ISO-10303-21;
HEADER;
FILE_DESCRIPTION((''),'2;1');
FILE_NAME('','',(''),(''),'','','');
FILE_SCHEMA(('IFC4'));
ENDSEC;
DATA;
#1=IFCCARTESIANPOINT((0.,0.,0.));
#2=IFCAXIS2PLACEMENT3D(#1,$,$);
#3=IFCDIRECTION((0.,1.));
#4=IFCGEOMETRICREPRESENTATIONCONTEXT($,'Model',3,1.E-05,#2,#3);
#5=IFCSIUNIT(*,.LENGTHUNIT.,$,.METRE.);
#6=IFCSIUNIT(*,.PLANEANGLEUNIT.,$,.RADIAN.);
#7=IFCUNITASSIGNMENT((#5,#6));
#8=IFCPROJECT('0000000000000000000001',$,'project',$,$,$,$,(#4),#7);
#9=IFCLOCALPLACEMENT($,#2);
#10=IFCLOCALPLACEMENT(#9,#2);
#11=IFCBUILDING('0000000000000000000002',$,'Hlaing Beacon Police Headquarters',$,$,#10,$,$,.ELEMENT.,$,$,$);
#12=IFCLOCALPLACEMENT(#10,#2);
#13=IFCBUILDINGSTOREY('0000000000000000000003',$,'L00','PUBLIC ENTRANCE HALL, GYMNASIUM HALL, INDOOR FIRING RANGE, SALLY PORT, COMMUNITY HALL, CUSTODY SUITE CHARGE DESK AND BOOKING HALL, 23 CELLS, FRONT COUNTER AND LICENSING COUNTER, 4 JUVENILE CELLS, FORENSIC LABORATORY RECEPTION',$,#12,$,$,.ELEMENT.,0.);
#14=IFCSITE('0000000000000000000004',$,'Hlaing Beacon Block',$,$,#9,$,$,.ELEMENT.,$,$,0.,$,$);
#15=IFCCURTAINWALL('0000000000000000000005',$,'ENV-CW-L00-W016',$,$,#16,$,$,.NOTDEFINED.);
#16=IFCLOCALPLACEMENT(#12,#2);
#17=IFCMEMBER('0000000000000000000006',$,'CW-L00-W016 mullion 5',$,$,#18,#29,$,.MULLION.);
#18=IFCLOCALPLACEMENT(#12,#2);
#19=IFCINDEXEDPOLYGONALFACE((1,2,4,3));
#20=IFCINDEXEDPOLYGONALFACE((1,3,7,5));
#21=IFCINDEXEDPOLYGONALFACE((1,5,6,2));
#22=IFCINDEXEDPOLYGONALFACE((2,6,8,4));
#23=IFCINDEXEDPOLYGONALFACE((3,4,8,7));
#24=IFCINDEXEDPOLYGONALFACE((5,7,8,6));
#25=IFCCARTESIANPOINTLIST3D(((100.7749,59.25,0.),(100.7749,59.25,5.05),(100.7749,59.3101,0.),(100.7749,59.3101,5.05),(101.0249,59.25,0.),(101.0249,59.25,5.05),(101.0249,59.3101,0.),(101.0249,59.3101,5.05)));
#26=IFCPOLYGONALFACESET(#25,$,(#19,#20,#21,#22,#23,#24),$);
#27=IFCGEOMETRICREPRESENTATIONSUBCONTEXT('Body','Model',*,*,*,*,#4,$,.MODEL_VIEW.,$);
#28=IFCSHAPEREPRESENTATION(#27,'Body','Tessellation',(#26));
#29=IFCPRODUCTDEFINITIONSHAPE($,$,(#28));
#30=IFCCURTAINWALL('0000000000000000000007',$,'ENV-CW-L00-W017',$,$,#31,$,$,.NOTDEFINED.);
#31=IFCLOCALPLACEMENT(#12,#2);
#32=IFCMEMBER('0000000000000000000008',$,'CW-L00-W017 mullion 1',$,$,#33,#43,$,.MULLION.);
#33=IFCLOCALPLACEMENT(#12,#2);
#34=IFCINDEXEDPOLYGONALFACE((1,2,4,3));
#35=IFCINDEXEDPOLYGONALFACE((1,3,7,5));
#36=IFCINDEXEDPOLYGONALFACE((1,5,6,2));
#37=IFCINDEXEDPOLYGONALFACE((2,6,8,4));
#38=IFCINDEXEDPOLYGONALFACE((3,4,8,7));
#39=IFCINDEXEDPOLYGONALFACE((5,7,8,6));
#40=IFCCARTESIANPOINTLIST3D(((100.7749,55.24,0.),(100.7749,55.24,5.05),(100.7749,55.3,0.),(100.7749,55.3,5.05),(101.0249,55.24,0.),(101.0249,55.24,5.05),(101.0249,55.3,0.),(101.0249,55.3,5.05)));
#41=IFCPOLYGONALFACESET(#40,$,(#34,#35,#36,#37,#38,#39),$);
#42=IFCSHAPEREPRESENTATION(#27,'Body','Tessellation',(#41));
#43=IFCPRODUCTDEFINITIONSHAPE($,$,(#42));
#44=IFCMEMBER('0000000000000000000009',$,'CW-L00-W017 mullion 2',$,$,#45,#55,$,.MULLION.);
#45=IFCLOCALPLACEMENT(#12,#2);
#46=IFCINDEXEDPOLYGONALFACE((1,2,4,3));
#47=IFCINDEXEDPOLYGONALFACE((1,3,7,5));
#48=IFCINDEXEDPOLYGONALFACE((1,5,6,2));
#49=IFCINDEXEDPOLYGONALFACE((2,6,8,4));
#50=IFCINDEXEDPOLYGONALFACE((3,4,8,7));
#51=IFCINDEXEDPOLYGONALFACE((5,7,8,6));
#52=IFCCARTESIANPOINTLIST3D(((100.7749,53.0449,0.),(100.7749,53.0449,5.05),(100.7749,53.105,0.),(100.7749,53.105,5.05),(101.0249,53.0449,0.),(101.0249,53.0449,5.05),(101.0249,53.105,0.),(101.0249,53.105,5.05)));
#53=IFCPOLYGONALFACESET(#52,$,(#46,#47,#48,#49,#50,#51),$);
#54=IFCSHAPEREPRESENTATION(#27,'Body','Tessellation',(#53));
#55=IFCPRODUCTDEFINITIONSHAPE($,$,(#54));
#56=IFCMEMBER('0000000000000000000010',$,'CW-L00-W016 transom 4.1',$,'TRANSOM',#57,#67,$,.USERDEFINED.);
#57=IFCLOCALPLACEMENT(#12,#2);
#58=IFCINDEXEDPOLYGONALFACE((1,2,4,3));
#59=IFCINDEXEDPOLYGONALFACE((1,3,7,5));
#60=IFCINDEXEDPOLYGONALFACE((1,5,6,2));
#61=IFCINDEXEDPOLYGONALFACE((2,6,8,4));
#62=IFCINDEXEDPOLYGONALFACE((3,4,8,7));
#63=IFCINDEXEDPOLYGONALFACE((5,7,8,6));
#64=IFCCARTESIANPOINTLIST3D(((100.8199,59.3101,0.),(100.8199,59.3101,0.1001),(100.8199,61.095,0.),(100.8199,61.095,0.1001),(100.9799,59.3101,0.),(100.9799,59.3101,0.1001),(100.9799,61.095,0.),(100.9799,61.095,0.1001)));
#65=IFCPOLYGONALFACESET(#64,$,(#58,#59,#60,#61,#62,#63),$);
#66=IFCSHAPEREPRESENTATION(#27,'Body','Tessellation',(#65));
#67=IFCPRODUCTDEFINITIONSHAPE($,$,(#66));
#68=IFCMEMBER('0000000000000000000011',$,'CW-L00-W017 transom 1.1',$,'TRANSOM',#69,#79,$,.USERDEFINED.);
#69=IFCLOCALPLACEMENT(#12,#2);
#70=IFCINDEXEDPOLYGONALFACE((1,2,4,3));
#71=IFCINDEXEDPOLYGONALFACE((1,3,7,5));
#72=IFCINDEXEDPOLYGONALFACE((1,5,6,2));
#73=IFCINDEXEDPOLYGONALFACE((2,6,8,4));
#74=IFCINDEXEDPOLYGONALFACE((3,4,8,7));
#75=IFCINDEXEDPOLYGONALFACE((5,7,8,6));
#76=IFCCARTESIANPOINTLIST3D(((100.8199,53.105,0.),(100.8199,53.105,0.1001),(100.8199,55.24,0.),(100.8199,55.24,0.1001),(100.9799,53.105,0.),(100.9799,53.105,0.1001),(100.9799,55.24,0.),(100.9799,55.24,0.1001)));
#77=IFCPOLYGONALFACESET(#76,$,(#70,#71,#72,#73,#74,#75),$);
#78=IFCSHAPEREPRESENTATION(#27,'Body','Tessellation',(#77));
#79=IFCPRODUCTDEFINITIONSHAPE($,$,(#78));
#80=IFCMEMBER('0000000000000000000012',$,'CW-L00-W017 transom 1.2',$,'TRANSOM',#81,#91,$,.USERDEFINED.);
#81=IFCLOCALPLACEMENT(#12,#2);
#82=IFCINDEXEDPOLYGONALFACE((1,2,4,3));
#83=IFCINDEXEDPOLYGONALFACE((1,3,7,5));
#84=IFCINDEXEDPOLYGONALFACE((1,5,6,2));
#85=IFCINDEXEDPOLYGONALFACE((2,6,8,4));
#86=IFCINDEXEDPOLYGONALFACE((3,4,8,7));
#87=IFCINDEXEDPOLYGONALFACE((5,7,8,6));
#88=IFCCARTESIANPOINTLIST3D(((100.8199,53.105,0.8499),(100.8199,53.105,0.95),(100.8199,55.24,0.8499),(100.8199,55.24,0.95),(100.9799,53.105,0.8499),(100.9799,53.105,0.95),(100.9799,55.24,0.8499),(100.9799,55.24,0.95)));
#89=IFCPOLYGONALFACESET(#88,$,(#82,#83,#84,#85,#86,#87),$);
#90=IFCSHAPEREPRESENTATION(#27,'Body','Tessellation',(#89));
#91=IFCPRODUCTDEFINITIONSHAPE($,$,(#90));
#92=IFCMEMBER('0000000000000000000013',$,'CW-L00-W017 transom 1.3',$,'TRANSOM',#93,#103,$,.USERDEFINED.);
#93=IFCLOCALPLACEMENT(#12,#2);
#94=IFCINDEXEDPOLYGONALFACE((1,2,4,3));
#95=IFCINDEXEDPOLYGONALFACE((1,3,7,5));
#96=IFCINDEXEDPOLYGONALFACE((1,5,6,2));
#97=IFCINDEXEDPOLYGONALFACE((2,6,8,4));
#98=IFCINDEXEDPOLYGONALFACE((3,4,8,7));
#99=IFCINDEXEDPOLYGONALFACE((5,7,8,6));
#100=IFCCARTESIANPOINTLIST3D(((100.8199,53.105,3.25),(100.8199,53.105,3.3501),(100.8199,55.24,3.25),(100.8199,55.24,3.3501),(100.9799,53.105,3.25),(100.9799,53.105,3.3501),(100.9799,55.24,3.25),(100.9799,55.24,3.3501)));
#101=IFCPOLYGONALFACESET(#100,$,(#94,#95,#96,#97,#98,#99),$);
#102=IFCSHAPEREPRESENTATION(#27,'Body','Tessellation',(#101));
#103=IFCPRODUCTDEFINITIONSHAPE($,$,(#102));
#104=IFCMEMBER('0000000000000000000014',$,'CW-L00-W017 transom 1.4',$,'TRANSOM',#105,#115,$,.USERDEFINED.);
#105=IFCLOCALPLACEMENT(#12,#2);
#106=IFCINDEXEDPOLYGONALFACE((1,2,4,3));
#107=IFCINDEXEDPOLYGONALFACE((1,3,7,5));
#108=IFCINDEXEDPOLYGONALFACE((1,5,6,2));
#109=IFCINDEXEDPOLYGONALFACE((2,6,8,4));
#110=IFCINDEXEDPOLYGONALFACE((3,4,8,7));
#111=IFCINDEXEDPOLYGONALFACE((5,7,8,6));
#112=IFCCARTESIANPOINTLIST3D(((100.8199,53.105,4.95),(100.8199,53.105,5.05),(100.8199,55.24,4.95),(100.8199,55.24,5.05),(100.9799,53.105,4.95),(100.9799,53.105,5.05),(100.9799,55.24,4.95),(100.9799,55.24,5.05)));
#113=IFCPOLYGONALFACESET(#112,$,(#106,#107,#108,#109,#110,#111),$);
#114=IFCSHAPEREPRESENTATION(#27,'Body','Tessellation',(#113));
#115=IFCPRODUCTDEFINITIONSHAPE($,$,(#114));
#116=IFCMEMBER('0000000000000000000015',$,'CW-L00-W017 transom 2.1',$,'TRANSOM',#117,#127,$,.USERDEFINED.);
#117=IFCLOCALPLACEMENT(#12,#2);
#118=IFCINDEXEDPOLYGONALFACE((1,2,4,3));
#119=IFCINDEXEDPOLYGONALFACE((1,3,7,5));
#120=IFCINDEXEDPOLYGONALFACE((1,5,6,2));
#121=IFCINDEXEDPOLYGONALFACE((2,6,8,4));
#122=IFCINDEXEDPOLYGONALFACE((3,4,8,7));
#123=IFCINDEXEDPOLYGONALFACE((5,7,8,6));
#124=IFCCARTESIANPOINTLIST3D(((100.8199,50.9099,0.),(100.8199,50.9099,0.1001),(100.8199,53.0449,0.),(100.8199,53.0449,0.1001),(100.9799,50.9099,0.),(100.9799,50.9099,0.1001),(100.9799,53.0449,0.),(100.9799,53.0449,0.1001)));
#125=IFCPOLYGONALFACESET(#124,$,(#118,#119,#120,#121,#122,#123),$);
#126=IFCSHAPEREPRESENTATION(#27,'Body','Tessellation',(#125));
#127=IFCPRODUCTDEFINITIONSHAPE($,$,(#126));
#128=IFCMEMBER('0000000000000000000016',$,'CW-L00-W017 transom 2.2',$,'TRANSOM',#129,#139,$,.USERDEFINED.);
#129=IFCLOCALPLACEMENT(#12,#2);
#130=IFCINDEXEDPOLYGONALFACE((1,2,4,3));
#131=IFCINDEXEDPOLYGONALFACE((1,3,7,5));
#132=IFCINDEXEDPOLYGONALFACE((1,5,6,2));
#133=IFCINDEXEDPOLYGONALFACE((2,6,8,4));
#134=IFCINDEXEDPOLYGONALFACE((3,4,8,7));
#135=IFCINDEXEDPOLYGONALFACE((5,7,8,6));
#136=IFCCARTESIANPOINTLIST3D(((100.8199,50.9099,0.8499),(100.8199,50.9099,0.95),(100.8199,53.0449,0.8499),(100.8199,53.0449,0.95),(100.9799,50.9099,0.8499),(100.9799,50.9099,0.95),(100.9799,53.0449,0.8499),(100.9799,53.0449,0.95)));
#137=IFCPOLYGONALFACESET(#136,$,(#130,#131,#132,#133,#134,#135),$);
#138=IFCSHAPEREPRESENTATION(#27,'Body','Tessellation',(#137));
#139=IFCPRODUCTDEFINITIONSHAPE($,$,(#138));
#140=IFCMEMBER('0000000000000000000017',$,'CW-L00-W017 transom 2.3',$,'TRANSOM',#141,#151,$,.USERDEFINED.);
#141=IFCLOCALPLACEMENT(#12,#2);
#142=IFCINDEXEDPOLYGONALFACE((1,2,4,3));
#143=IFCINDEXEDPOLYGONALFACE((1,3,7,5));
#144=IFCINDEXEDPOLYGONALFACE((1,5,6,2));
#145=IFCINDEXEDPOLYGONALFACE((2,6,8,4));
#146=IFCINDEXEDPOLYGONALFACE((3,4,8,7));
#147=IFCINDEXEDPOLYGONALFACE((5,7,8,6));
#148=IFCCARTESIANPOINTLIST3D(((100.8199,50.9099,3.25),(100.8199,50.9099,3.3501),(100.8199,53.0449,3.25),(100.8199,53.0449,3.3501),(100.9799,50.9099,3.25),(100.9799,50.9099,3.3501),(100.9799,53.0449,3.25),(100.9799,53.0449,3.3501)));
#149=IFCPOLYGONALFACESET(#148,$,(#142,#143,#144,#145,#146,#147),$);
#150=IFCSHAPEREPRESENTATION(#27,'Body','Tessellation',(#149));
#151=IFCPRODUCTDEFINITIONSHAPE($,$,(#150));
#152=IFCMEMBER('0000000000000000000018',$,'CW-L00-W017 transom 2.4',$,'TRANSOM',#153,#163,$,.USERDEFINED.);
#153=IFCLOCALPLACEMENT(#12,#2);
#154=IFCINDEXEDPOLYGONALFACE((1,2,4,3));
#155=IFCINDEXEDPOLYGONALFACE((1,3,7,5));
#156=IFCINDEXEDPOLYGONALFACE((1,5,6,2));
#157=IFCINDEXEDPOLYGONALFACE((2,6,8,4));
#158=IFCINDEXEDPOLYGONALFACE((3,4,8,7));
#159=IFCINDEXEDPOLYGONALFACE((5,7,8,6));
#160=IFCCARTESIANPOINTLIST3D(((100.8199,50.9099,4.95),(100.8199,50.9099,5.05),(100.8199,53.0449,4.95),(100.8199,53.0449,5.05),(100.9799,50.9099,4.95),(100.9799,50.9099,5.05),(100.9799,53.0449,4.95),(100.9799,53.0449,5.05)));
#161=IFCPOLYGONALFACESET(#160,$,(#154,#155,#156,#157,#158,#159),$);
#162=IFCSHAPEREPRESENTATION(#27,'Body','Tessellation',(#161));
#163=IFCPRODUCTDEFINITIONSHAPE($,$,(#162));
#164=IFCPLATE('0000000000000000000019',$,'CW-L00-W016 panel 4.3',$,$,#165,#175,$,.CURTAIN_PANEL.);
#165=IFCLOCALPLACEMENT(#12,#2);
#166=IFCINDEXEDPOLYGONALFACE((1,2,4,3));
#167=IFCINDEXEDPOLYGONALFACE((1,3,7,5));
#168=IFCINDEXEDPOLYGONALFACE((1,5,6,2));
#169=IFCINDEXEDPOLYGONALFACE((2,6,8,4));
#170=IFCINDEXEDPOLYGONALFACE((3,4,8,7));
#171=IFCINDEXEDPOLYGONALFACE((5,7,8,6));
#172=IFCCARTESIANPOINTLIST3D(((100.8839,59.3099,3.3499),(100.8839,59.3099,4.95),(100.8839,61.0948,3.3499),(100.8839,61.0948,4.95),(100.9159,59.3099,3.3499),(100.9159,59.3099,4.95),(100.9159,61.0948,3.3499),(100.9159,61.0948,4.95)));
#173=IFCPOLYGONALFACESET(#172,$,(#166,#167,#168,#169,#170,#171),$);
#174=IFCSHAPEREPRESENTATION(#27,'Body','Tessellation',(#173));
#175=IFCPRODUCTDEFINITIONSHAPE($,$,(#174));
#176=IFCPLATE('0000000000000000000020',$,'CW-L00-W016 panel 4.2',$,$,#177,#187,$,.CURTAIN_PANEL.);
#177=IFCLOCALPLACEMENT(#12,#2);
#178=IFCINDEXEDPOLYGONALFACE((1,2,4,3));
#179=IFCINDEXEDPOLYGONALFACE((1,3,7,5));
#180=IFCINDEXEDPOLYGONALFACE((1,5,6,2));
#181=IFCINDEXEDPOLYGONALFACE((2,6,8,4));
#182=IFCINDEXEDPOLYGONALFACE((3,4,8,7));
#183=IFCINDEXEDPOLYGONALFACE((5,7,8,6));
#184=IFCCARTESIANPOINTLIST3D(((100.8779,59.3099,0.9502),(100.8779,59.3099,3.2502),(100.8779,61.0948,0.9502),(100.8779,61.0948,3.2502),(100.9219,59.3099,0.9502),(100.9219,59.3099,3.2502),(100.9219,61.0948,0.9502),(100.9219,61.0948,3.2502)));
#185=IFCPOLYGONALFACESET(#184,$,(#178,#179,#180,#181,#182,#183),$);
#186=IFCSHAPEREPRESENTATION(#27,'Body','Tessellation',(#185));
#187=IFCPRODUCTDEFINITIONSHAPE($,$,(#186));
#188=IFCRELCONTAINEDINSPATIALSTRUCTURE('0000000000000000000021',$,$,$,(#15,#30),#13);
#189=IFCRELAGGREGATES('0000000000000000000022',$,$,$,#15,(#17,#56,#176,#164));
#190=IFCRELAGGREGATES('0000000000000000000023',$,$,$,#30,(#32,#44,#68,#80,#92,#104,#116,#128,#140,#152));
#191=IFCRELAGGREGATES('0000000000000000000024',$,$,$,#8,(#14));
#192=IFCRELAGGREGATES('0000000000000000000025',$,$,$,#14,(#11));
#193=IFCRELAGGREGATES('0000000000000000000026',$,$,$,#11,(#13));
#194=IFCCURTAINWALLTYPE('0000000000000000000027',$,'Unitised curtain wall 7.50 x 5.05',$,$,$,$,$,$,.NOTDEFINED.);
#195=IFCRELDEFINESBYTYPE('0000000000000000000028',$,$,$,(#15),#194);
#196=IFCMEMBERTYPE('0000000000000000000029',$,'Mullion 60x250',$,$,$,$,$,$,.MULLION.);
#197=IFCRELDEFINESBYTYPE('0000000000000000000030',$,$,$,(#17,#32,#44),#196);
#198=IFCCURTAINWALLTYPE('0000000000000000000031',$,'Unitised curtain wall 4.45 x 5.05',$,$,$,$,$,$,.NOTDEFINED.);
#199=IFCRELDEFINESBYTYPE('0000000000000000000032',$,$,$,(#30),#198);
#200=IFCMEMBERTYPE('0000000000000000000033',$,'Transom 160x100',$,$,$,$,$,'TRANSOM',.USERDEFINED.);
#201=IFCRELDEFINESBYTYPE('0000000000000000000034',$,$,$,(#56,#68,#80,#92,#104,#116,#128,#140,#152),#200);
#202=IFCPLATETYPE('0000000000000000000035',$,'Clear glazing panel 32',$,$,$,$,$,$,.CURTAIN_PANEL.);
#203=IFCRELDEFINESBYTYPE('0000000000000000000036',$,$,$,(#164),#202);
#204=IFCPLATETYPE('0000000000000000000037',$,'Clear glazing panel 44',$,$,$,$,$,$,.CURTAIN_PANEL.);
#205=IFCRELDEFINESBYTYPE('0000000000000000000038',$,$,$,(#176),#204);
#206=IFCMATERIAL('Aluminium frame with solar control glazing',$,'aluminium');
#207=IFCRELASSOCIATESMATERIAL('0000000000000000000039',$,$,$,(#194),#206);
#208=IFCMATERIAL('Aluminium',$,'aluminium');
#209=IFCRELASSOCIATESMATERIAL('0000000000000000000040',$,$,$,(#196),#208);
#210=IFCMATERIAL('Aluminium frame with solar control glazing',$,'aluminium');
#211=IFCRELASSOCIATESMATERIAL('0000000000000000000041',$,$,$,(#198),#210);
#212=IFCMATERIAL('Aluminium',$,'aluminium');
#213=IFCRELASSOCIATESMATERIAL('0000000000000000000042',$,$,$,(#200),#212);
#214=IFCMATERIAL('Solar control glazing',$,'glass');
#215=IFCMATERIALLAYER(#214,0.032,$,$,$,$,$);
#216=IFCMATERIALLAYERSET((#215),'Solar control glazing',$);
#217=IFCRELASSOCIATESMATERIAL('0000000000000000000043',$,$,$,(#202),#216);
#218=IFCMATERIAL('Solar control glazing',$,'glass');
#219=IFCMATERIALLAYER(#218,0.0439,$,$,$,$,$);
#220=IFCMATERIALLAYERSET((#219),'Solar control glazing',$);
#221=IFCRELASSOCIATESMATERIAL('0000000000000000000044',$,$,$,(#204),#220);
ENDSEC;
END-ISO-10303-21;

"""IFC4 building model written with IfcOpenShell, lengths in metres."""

from ifc_helpers import new_model, si_unit, direction, frame, origin, origin_2d, place, context, subcontext, project, spatial, rectangle, extrude, material, layer, layer_set, material_profile, profile_set, type_object, element, aggregate, save


model = new_model("IFC4")

# Units and contexts
model_context = context("Model", 3, precision=1e-05, world=origin(), true_north=direction((0.0, 1.0)))
body_context = subcontext(model_context, "Body", "Model", "MODEL_VIEW")
ifc_project = project(units=[si_unit("LENGTHUNIT", "METRE"), si_unit("PLANEANGLEUNIT", "RADIAN")], contexts=[model_context])

# Site, building, storey
site_placement = place(None, origin())
site = spatial("IfcSite", under=ifc_project, at=site_placement, Name="Hlaing Beacon Block", CompositionType="ELEMENT", RefElevation=0.0)
building_placement = place(site_placement, origin())
building = spatial("IfcBuilding", under=site, at=building_placement, Name="Hlaing Beacon Police Headquarters", CompositionType="ELEMENT")
storey_placement = place(building_placement, origin())
storey = spatial("IfcBuildingStorey", under=building, at=storey_placement, Name="L00", Description="PUBLIC ENTRANCE HALL, GYMNASIUM HALL, INDOOR FIRING RANGE, SALLY PORT, COMMUNITY HALL, CUSTODY SUITE CHARGE DESK AND BOOKING HALL, 23 CELLS, FRONT COUNTER AND LICENSING COUNTER, 4 JUVENILE CELLS, FORENSIC LABORATORY RECEPTION", CompositionType="ELEMENT", Elevation=0.0)

# Curtain wall, member
ifc_material_1 = material(Name="Aluminium frame with solar control glazing", Category="aluminium")
curtain_wall_type_1 = type_object("IfcCurtainWallType", Name="Unitised curtain wall 7.50 x 5.05", PredefinedType="NOTDEFINED", material=ifc_material_1)
curtain_wall_1_placement = place(storey_placement, origin())
curtain_wall_1 = element("IfcCurtainWall", 1, at=curtain_wall_1_placement, inside=storey, type_object=curtain_wall_type_1, Name="ENV-CW-L00-W016", PredefinedType="NOTDEFINED")
ifc_material_2 = material(Name="Aluminium", Category="aluminium")
ifc_material_profile_1 = material_profile(ifc_material_2, rectangle(XDim=0.25, YDim=0.0601, at=origin_2d()), Name="Mullion 60x250")
ifc_profile_set_1 = profile_set([ifc_material_profile_1], Name="Aluminium")
member_type_1 = type_object("IfcMemberType", Name="Mullion 60x250", PredefinedType="MULLION", material=ifc_profile_set_1)
member_1_placement = place(storey_placement, frame((100.8999, 59.28, 0.0), z_axis=(0.0, 0.0, 1.0), x_axis=(1.0, 0.0, 0.0)))
member_1 = element("IfcMember", 2, at=member_1_placement, type_object=member_type_1, Name="CW-L00-W016 mullion 5", PredefinedType="MULLION", context=body_context, shape_type="SweptSolid", body=[
    extrude(rectangle(XDim=0.25, YDim=0.0601, at=origin_2d()), origin(), (0.0, 0.0, 1.0), 5.05),
])

# Curtain wall, members
ifc_material_3 = material(Name="Aluminium frame with solar control glazing", Category="aluminium")
curtain_wall_type_2 = type_object("IfcCurtainWallType", Name="Unitised curtain wall 4.45 x 5.05", PredefinedType="NOTDEFINED", material=ifc_material_3)
curtain_wall_2_placement = place(storey_placement, origin())
curtain_wall_2 = element("IfcCurtainWall", 3, at=curtain_wall_2_placement, inside=storey, type_object=curtain_wall_type_2, Name="ENV-CW-L00-W017", PredefinedType="NOTDEFINED")
member_2_placement = place(storey_placement, frame((100.8999, 55.27, 0.0), z_axis=(0.0, 0.0, 1.0), x_axis=(1.0, 0.0, 0.0)))
member_2 = element("IfcMember", 4, at=member_2_placement, type_object=member_type_1, Name="CW-L00-W017 mullion 1", PredefinedType="MULLION", context=body_context, shape_type="SweptSolid", body=[
    extrude(rectangle(XDim=0.25, YDim=0.0601, at=origin_2d()), origin(), (0.0, 0.0, 1.0), 5.05),
])
member_3_placement = place(storey_placement, frame((100.8999, 53.075, 0.0), z_axis=(0.0, 0.0, 1.0), x_axis=(1.0, 0.0, 0.0)))
member_3 = element("IfcMember", 5, at=member_3_placement, type_object=member_type_1, Name="CW-L00-W017 mullion 2", PredefinedType="MULLION", context=body_context, shape_type="SweptSolid", body=[
    extrude(rectangle(XDim=0.25, YDim=0.0601, at=origin_2d()), origin(), (0.0, 0.0, 1.0), 5.05),
])

# Members
ifc_material_4 = material(Name="Aluminium", Category="aluminium")
ifc_material_profile_2 = material_profile(ifc_material_4, rectangle(XDim=0.1599, YDim=0.1001, at=origin_2d()), Name="Transom 160x100")
ifc_profile_set_2 = profile_set([ifc_material_profile_2], Name="Aluminium")
member_type_2 = type_object("IfcMemberType", Name="Transom 160x100", ElementType="TRANSOM", PredefinedType="USERDEFINED", material=ifc_profile_set_2)
member_4_placement = place(storey_placement, frame((100.8999, 61.095, 0.05), z_axis=(0.0, -1.0, 0.0), x_axis=(1.0, 0.0, 0.0)))
member_4 = element("IfcMember", 6, at=member_4_placement, type_object=member_type_2, Name="CW-L00-W016 transom 4.1", ObjectType="TRANSOM", PredefinedType="USERDEFINED", context=body_context, shape_type="SweptSolid", body=[
    extrude(rectangle(XDim=0.1599, YDim=0.1001, at=origin_2d()), origin(), (0.0, 0.0, 1.0), 1.7849),
])
member_5_placement = place(storey_placement, frame((100.8999, 55.24, 0.05), z_axis=(0.0, -1.0, 0.0), x_axis=(1.0, 0.0, 0.0)))
member_5 = element("IfcMember", 7, at=member_5_placement, type_object=member_type_2, Name="CW-L00-W017 transom 1.1", ObjectType="TRANSOM", PredefinedType="USERDEFINED", context=body_context, shape_type="SweptSolid", body=[
    extrude(rectangle(XDim=0.1599, YDim=0.1001, at=origin_2d()), origin(), (0.0, 0.0, 1.0), 2.135),
])
member_6_placement = place(storey_placement, frame((100.8999, 55.24, 0.8999), z_axis=(0.0, -1.0, 0.0), x_axis=(1.0, 0.0, 0.0)))
member_6 = element("IfcMember", 8, at=member_6_placement, type_object=member_type_2, Name="CW-L00-W017 transom 1.2", ObjectType="TRANSOM", PredefinedType="USERDEFINED", context=body_context, shape_type="SweptSolid", body=[
    extrude(rectangle(XDim=0.1599, YDim=0.1001, at=origin_2d()), origin(), (0.0, 0.0, 1.0), 2.135),
])
member_7_placement = place(storey_placement, frame((100.8999, 55.24, 3.3), z_axis=(0.0, -1.0, 0.0), x_axis=(1.0, 0.0, 0.0)))
member_7 = element("IfcMember", 9, at=member_7_placement, type_object=member_type_2, Name="CW-L00-W017 transom 1.3", ObjectType="TRANSOM", PredefinedType="USERDEFINED", context=body_context, shape_type="SweptSolid", body=[
    extrude(rectangle(XDim=0.1599, YDim=0.1001, at=origin_2d()), origin(), (0.0, 0.0, 1.0), 2.135),
])
member_8_placement = place(storey_placement, frame((100.8999, 55.24, 5.0), z_axis=(0.0, -1.0, 0.0), x_axis=(1.0, 0.0, 0.0)))
member_8 = element("IfcMember", 10, at=member_8_placement, type_object=member_type_2, Name="CW-L00-W017 transom 1.4", ObjectType="TRANSOM", PredefinedType="USERDEFINED", context=body_context, shape_type="SweptSolid", body=[
    extrude(rectangle(XDim=0.1599, YDim=0.1001, at=origin_2d()), origin(), (0.0, 0.0, 1.0), 2.135),
])
member_9_placement = place(storey_placement, frame((100.8999, 53.0449, 0.05), z_axis=(0.0, -1.0, 0.0), x_axis=(1.0, 0.0, 0.0)))
member_9 = element("IfcMember", 11, at=member_9_placement, type_object=member_type_2, Name="CW-L00-W017 transom 2.1", ObjectType="TRANSOM", PredefinedType="USERDEFINED", context=body_context, shape_type="SweptSolid", body=[
    extrude(rectangle(XDim=0.1599, YDim=0.1001, at=origin_2d()), origin(), (0.0, 0.0, 1.0), 2.135),
])
member_10_placement = place(storey_placement, frame((100.8999, 53.0449, 0.8999), z_axis=(0.0, -1.0, 0.0), x_axis=(1.0, 0.0, 0.0)))
member_10 = element("IfcMember", 12, at=member_10_placement, type_object=member_type_2, Name="CW-L00-W017 transom 2.2", ObjectType="TRANSOM", PredefinedType="USERDEFINED", context=body_context, shape_type="SweptSolid", body=[
    extrude(rectangle(XDim=0.1599, YDim=0.1001, at=origin_2d()), origin(), (0.0, 0.0, 1.0), 2.135),
])
member_11_placement = place(storey_placement, frame((100.8999, 53.0449, 3.3), z_axis=(0.0, -1.0, 0.0), x_axis=(1.0, 0.0, 0.0)))
member_11 = element("IfcMember", 13, at=member_11_placement, type_object=member_type_2, Name="CW-L00-W017 transom 2.3", ObjectType="TRANSOM", PredefinedType="USERDEFINED", context=body_context, shape_type="SweptSolid", body=[
    extrude(rectangle(XDim=0.1599, YDim=0.1001, at=origin_2d()), origin(), (0.0, 0.0, 1.0), 2.135),
])
member_12_placement = place(storey_placement, frame((100.8999, 53.0449, 5.0), z_axis=(0.0, -1.0, 0.0), x_axis=(1.0, 0.0, 0.0)))
member_12 = element("IfcMember", 14, at=member_12_placement, type_object=member_type_2, Name="CW-L00-W017 transom 2.4", ObjectType="TRANSOM", PredefinedType="USERDEFINED", context=body_context, shape_type="SweptSolid", body=[
    extrude(rectangle(XDim=0.1599, YDim=0.1001, at=origin_2d()), origin(), (0.0, 0.0, 1.0), 2.135),
])

# Plates
ifc_material_5 = material(Name="Solar control glazing", Category="glass")
ifc_layer_1 = layer(ifc_material_5, 0.032)
ifc_layer_set_1 = layer_set([ifc_layer_1], Name="Solar control glazing")
plate_type_1 = type_object("IfcPlateType", Name="Clear glazing panel 32", PredefinedType="CURTAIN_PANEL", material=ifc_layer_set_1)
plate_1_placement = place(storey_placement, frame((100.8999, 60.2024, 3.3499), z_axis=(0.0, 0.0, 1.0), x_axis=(0.0, -1.0, 0.0)))
plate_1 = element("IfcPlate", 15, at=plate_1_placement, type_object=plate_type_1, Name="CW-L00-W016 panel 4.3", PredefinedType="CURTAIN_PANEL", context=body_context, shape_type="SweptSolid", body=[
    extrude(rectangle(XDim=1.7849, YDim=0.032, at=origin_2d()), origin(), (0.0, 0.0, 1.0), 1.6001),
])
ifc_material_6 = material(Name="Solar control glazing", Category="glass")
ifc_layer_2 = layer(ifc_material_6, 0.0439)
ifc_layer_set_2 = layer_set([ifc_layer_2], Name="Solar control glazing")
plate_type_2 = type_object("IfcPlateType", Name="Clear glazing panel 44", PredefinedType="CURTAIN_PANEL", material=ifc_layer_set_2)
plate_2_placement = place(storey_placement, frame((100.8999, 60.2024, 0.9502), z_axis=(0.0, 0.0, 1.0), x_axis=(0.0, -1.0, 0.0)))
plate_2 = element("IfcPlate", 16, at=plate_2_placement, type_object=plate_type_2, Name="CW-L00-W016 panel 4.2", PredefinedType="CURTAIN_PANEL", context=body_context, shape_type="SweptSolid", body=[
    extrude(rectangle(XDim=1.7849, YDim=0.0439, at=origin_2d()), origin(), (0.0, 0.0, 1.0), 2.3),
])
aggregate(curtain_wall_1, [member_1, member_4, plate_2, plate_1])
aggregate(curtain_wall_2, [member_2, member_3, member_5, member_6, member_7, member_8, member_9, member_10, member_11, member_12])

save(model, "model.ifc")
